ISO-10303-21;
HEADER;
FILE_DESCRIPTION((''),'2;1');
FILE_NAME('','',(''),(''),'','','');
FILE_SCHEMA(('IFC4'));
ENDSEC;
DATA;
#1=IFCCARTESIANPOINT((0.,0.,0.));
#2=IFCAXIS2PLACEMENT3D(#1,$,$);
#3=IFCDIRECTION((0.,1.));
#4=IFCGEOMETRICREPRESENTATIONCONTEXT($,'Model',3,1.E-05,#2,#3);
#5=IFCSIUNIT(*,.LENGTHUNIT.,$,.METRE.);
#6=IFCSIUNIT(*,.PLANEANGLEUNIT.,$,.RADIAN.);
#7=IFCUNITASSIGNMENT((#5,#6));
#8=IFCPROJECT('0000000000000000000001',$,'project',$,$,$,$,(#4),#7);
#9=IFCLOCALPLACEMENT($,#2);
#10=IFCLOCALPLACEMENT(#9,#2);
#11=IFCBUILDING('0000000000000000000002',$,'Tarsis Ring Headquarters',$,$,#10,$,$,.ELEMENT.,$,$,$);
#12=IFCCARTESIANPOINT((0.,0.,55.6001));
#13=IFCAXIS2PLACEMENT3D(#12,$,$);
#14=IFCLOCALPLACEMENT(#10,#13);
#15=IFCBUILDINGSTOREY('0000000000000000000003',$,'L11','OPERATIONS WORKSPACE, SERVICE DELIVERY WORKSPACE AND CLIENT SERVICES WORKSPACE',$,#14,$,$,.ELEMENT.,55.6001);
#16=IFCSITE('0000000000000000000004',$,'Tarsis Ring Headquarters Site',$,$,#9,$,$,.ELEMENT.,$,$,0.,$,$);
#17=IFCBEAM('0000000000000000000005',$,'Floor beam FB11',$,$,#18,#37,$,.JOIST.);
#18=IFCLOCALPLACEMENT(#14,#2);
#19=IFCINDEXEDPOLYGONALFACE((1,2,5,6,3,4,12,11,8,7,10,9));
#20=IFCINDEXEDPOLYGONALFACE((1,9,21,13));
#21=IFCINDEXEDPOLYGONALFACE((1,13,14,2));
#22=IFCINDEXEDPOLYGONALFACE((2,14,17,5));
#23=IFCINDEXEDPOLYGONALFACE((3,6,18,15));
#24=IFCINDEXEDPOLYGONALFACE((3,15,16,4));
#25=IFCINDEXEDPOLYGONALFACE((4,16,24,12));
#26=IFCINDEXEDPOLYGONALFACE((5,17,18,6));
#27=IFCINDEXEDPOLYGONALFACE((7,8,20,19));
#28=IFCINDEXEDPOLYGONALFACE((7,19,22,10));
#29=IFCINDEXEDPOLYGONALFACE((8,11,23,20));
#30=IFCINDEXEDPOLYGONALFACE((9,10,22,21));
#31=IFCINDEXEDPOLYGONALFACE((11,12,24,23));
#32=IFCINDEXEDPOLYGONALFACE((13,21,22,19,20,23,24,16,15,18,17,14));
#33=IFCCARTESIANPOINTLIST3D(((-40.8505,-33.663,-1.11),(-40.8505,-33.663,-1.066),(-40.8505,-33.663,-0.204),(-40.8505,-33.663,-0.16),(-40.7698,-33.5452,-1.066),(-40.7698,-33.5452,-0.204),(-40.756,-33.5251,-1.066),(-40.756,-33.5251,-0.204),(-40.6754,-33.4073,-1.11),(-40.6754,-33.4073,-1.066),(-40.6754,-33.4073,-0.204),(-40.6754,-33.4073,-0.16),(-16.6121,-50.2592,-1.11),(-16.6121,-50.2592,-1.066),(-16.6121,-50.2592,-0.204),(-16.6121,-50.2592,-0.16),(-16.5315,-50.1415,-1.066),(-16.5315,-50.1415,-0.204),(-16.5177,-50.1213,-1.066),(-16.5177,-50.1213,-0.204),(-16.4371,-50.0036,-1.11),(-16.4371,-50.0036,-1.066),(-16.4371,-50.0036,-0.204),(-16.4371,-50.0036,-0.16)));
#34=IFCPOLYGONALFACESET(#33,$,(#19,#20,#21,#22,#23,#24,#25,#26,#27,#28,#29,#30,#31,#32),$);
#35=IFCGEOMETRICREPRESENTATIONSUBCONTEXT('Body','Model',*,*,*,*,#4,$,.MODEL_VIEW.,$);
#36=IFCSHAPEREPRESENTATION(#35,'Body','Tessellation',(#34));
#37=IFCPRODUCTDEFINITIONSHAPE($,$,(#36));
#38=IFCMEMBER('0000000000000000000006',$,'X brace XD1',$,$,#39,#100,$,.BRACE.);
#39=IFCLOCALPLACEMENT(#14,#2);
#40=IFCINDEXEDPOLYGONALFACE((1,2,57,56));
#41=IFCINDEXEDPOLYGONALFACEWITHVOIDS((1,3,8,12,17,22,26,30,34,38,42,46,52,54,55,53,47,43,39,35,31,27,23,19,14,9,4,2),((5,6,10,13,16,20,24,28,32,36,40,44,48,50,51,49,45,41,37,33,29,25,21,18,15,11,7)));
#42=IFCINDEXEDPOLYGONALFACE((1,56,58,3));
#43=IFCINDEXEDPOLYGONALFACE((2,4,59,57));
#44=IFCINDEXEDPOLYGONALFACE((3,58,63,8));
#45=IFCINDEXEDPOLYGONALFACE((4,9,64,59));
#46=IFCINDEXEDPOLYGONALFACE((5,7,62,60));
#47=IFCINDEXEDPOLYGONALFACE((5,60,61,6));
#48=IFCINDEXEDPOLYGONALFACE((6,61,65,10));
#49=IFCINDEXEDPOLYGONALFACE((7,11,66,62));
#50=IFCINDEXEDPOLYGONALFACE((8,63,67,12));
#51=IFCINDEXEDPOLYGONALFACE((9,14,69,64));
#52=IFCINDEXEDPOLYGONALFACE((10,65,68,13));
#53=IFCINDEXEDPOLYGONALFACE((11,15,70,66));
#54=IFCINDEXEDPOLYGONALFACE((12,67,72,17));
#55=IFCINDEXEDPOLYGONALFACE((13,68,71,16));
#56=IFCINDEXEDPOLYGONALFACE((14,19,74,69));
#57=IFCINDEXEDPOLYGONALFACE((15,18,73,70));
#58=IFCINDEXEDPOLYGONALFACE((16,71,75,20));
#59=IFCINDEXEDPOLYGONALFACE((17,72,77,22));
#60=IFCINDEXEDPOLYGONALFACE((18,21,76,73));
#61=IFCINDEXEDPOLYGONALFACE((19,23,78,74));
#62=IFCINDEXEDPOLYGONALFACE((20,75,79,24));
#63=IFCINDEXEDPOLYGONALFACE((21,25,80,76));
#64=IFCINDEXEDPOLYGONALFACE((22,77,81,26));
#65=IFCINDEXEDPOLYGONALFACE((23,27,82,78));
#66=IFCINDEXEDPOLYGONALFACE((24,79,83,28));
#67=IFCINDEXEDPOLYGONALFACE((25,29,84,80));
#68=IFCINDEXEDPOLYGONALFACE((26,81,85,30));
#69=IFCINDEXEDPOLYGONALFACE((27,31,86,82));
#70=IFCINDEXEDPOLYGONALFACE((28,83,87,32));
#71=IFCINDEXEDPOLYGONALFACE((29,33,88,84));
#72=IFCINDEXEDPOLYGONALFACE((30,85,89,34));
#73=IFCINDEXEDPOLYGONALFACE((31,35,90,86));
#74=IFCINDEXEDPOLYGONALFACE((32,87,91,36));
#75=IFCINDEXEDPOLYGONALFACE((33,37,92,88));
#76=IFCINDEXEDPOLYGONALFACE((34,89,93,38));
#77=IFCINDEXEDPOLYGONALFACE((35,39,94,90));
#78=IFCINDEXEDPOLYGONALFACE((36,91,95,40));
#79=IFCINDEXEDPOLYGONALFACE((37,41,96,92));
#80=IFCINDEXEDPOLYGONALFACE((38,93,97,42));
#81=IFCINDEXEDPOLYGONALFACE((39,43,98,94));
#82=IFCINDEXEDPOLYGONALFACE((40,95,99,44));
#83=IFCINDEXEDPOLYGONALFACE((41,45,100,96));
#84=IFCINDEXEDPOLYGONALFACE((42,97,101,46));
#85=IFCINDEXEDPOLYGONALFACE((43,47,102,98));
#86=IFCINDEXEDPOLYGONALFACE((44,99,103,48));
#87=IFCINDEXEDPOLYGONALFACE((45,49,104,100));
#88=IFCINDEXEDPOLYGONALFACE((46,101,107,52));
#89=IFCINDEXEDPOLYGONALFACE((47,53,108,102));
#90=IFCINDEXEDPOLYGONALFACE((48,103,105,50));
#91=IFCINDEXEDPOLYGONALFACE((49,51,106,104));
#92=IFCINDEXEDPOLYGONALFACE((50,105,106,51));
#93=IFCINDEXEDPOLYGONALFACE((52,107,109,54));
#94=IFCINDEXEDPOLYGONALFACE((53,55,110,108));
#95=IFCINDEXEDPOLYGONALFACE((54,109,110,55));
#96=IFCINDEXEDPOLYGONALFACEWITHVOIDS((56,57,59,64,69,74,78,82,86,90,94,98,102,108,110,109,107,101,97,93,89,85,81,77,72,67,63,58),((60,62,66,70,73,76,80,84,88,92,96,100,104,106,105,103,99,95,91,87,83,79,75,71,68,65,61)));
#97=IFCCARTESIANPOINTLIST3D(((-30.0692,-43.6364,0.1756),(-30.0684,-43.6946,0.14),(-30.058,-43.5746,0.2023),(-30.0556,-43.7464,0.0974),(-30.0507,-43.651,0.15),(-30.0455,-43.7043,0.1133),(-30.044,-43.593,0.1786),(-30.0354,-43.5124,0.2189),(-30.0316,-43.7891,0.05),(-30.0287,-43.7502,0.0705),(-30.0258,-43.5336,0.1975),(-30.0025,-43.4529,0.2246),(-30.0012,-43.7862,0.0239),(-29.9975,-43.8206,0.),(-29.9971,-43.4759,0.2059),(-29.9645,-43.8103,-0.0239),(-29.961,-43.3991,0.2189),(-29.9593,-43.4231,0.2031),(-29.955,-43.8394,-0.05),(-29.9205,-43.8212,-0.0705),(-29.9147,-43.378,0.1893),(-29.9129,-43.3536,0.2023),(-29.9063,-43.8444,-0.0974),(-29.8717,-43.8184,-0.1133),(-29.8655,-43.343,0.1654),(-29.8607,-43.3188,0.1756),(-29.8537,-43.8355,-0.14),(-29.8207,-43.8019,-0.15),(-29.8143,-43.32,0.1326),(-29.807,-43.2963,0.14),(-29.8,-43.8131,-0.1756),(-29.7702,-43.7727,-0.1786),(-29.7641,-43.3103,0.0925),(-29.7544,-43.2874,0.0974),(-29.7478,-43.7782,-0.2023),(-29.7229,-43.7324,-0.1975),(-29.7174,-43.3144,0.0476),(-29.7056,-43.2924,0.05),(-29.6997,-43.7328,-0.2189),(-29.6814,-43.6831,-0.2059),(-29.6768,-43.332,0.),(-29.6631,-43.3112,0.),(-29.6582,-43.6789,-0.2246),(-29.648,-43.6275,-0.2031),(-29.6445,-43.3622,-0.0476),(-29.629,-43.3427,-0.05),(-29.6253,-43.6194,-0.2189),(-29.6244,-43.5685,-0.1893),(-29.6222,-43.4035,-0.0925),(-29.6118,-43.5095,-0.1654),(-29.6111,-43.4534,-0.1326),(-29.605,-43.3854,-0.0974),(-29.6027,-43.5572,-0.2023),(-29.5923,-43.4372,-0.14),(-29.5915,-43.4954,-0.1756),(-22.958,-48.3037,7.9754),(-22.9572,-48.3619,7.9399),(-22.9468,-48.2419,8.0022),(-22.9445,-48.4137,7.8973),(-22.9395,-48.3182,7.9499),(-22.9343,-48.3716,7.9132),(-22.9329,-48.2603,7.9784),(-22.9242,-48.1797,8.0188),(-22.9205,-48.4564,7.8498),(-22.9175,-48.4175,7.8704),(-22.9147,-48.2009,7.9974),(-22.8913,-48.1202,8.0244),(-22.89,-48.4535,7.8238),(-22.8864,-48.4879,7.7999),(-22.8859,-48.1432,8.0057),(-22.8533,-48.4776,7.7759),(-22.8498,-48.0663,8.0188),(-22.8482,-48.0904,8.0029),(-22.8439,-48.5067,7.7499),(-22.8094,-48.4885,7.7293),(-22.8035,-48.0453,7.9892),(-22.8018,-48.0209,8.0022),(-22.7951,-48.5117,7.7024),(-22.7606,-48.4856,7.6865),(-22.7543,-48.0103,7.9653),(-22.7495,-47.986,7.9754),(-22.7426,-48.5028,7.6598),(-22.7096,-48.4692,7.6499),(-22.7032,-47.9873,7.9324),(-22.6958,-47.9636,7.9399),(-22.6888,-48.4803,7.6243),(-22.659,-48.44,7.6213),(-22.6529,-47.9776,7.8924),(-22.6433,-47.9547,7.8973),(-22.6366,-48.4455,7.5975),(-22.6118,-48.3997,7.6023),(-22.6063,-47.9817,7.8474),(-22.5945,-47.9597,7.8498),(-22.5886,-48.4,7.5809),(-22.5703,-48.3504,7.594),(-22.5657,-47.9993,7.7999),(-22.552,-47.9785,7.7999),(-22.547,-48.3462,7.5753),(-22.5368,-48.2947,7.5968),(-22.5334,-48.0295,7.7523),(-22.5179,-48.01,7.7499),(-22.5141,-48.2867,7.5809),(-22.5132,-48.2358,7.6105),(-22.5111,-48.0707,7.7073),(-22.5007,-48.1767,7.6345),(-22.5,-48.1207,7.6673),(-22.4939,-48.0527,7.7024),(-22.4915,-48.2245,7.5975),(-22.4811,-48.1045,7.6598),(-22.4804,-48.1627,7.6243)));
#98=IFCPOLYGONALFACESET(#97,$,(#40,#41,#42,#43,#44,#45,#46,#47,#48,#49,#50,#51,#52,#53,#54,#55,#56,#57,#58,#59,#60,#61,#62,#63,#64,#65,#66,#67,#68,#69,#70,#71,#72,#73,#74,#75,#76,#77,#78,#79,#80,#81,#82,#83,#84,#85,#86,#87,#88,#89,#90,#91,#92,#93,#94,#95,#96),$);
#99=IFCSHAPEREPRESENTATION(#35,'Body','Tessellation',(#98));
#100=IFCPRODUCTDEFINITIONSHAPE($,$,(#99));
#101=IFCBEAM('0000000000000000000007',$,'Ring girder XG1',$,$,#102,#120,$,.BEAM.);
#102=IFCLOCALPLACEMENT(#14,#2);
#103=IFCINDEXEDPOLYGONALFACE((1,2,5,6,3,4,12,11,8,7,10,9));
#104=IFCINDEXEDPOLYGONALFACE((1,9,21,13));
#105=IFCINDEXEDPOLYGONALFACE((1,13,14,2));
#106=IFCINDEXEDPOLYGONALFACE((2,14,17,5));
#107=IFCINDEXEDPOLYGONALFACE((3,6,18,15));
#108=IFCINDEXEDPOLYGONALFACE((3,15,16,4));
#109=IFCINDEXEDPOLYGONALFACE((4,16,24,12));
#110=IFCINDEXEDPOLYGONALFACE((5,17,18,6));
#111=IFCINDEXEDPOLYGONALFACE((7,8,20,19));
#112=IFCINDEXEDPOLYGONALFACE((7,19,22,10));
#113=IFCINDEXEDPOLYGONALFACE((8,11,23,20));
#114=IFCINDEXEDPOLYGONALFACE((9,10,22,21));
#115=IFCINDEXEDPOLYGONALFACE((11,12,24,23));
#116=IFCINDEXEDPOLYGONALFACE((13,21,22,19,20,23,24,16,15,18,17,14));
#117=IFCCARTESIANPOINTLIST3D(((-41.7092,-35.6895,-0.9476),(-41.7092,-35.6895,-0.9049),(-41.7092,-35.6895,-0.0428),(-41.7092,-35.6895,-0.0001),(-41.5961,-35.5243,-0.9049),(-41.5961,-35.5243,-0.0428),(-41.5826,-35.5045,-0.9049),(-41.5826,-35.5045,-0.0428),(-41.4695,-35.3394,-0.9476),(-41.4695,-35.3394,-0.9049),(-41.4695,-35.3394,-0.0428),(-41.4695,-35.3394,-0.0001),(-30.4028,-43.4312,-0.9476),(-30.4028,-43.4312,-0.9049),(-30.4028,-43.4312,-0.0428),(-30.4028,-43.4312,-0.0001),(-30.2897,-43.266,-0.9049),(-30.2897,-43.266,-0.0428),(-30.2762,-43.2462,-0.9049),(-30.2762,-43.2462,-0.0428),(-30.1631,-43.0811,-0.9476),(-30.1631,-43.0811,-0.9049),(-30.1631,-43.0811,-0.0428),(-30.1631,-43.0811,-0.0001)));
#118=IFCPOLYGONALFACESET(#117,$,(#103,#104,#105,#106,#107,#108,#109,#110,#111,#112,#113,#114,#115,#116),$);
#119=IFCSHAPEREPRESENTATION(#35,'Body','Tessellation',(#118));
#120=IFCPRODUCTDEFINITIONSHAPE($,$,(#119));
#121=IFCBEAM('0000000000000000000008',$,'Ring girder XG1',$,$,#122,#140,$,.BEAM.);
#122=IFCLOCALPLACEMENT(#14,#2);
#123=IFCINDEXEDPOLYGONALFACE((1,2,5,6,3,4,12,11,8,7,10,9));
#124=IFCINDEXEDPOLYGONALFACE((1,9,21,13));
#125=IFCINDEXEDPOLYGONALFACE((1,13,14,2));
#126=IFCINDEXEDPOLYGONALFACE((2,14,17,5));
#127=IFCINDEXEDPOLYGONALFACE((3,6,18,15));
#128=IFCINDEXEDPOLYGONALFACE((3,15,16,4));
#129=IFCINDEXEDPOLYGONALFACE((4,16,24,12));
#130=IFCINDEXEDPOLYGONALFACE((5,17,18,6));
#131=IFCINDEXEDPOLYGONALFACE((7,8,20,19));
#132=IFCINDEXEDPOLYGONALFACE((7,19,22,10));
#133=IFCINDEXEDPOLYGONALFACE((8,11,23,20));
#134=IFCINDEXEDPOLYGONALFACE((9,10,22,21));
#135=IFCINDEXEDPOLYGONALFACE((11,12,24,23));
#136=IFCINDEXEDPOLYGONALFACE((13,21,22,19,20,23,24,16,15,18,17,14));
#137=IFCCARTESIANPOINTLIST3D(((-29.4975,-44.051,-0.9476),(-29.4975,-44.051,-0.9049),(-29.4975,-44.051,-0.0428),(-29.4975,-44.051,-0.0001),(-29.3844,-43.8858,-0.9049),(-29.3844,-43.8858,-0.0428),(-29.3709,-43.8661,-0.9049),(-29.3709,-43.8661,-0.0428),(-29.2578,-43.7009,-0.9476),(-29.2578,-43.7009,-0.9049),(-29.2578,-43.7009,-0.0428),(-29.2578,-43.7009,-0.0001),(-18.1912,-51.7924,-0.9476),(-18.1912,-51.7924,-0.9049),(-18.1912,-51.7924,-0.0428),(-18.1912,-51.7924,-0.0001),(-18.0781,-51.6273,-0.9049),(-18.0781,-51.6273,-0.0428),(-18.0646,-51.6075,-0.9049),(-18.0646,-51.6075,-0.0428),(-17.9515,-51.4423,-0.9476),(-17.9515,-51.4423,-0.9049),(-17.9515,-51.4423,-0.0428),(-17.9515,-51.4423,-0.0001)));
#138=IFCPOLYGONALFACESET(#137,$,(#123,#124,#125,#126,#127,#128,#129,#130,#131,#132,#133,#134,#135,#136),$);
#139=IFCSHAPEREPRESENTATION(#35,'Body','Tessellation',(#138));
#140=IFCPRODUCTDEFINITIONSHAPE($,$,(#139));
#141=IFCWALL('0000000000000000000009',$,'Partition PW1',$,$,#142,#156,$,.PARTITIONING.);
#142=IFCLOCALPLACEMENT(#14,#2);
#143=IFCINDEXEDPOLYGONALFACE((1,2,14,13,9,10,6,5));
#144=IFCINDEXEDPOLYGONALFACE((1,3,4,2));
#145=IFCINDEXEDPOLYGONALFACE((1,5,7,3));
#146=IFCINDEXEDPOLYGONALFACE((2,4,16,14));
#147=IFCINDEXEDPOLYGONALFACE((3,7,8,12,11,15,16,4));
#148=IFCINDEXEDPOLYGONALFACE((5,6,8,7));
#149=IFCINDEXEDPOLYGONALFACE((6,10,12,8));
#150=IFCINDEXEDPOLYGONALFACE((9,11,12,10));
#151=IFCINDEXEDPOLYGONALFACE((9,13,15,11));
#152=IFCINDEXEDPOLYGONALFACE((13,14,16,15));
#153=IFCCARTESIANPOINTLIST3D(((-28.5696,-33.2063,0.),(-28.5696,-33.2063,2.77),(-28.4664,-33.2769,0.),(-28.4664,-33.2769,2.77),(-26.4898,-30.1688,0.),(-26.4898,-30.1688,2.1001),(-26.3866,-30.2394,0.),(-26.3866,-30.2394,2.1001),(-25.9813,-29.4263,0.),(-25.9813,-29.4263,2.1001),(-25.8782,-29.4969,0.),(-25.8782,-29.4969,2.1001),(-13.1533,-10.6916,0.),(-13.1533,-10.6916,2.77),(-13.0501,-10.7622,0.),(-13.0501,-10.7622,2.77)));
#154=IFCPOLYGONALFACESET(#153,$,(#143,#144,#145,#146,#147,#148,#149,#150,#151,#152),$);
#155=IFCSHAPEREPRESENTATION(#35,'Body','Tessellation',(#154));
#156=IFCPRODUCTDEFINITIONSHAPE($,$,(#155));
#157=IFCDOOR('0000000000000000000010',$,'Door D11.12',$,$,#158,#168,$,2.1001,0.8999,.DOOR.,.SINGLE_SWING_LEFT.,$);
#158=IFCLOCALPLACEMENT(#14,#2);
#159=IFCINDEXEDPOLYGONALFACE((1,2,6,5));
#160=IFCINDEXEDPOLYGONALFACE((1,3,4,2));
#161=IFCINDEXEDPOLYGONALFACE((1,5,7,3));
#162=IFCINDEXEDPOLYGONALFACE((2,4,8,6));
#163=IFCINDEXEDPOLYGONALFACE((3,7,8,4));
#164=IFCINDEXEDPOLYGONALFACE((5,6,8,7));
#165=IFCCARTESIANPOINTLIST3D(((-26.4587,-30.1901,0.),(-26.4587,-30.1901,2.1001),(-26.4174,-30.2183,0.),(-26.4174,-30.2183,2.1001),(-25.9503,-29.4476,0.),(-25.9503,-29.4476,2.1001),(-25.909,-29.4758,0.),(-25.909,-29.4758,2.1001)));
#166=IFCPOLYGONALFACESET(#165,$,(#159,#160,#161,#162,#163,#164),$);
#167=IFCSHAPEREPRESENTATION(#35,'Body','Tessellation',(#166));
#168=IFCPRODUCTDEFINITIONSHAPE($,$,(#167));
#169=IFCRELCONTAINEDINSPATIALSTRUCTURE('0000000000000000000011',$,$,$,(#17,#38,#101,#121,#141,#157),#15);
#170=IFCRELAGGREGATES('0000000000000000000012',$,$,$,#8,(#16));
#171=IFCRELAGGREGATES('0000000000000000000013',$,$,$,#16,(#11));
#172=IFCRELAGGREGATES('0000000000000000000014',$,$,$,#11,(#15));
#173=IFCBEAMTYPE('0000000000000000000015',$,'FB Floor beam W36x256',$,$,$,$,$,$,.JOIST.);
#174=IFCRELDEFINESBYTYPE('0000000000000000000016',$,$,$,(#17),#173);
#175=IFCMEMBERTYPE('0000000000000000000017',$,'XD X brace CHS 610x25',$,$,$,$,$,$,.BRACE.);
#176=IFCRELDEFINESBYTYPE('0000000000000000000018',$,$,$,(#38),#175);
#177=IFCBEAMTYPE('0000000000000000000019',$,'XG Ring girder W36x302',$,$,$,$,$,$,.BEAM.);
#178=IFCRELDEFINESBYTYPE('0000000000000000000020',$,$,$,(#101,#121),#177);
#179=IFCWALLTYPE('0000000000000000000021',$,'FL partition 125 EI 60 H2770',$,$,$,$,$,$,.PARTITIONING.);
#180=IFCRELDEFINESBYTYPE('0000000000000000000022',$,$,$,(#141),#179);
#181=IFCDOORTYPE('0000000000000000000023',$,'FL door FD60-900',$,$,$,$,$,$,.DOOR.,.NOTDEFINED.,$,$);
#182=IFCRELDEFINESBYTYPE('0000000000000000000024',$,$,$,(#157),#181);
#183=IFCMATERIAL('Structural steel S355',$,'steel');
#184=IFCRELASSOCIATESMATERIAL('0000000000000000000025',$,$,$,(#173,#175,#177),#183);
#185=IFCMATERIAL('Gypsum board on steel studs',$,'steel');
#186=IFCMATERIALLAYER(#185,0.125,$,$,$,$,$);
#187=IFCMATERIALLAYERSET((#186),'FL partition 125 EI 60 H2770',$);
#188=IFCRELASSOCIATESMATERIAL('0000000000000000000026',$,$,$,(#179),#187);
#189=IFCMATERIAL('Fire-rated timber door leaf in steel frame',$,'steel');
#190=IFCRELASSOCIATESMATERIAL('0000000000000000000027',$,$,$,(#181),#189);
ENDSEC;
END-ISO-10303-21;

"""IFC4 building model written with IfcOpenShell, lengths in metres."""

from ifc_helpers import new_model, si_unit, direction, frame, frame_2d, origin, origin_2d, place, context, subcontext, project, spatial, rectangle, hollow_circle, i_section, extrude, material, layer, layer_set, material_profile, profile_set, type_object, element, fill, save


model = new_model("IFC4")

# Units and contexts
model_context = context("Model", 3, precision=1e-05, world=origin(), true_north=direction((0.0, 1.0)))
body_context = subcontext(model_context, "Body", "Model", "MODEL_VIEW")
ifc_project = project(units=[si_unit("LENGTHUNIT", "METRE"), si_unit("PLANEANGLEUNIT", "RADIAN")], contexts=[model_context])

# Site, building, storey
site_placement = place(None, origin())
site = spatial("IfcSite", under=ifc_project, at=site_placement, Name="Tarsis Ring Headquarters Site", CompositionType="ELEMENT", RefElevation=0.0)
building_placement = place(site_placement, origin())
building = spatial("IfcBuilding", under=site, at=building_placement, Name="Tarsis Ring Headquarters", CompositionType="ELEMENT")
storey_placement = place(building_placement, frame((0.0, 0.0, 55.6001)))
storey = spatial("IfcBuildingStorey", under=building, at=storey_placement, Name="L11", Description="OPERATIONS WORKSPACE, SERVICE DELIVERY WORKSPACE AND CLIENT SERVICES WORKSPACE", CompositionType="ELEMENT", Elevation=55.6001)

# Beam
ifc_material_1 = material(Name="Structural steel S355", Category="steel")
ifc_material_profile_1 = material_profile(ifc_material_1, i_section(OverallWidth=0.3098, OverallDepth=0.95, WebThickness=0.0244, FlangeThickness=0.0439, at=origin_2d()), Name="W36x256")
ifc_profile_set_1 = profile_set([ifc_material_profile_1], Name="Structural steel S355")
beam_type_1 = type_object("IfcBeamType", Name="FB Floor beam W36x256", PredefinedType="JOIST", material=ifc_profile_set_1)
beam_1_placement = place(storey_placement, frame((-40.7629, -33.5352, -0.635), z_axis=(0.825115, -0.564965, 0.0), x_axis=(0.564965, 0.825115, 0.0)))
element("IfcBeam", 1, at=beam_1_placement, inside=storey, type_object=beam_type_1, Name="Floor beam FB11", PredefinedType="JOIST", context=body_context, shape_type="SweptSolid", body=[
    extrude(i_section(OverallWidth=0.3098, OverallDepth=0.95, WebThickness=0.0244, FlangeThickness=0.0439, at=origin_2d()), origin(), (0.0, 0.0, 1.0), 29.3757),
])

# Member
ifc_material_profile_2 = material_profile(ifc_material_1, hollow_circle(Radius=0.3047, WallThickness=0.0249, at=origin_2d()), Name="CHS 610x25")
ifc_profile_set_2 = profile_set([ifc_material_profile_2], Name="Structural steel S355")
member_type = type_object("IfcMemberType", Name="XD X brace CHS 610x25", PredefinedType="BRACE", material=ifc_profile_set_2)
member_placement = place(storey_placement, frame((-29.8303, -43.5659, 0.0), z_axis=(0.616175, -0.404416, 0.675852), x_axis=(0.548705, 0.836016, 0.0)))
element("IfcMember", 2, at=member_placement, inside=storey, type_object=member_type, Name="X brace XD1", PredefinedType="BRACE", context=body_context, shape_type="SweptSolid", body=[
    extrude(hollow_circle(Radius=0.3047, WallThickness=0.0249, at=origin_2d()), origin(), (0.0, 0.0, 1.0), 11.5408),
])

# Beams
ifc_material_profile_3 = material_profile(ifc_material_1, i_section(OverallWidth=0.4243, OverallDepth=0.9475, WebThickness=0.0239, FlangeThickness=0.0427, at=origin_2d()), Name="W36x302")
ifc_profile_set_3 = profile_set([ifc_material_profile_3], Name="Structural steel S355")
beam_type_2 = type_object("IfcBeamType", Name="XG Ring girder W36x302", PredefinedType="BEAM", material=ifc_profile_set_3)
beam_2_placement = place(storey_placement, frame((-41.5894, -35.5144, -0.4739), z_axis=(0.825112, -0.564969, 0.0), x_axis=(0.564969, 0.825112, 0.0)))
element("IfcBeam", 3, at=beam_2_placement, inside=storey, type_object=beam_type_2, Name="Ring girder XG1", PredefinedType="BEAM", context=body_context, shape_type="SweptSolid", body=[
    extrude(i_section(OverallWidth=0.4243, OverallDepth=0.9475, WebThickness=0.0239, FlangeThickness=0.0427, at=origin_2d()), origin(), (0.0, 0.0, 1.0), 13.7029),
])
beam_3_placement = place(storey_placement, frame((-29.3777, -43.876, -0.4739), z_axis=(0.82512, -0.564957, 0.0), x_axis=(0.564957, 0.82512, 0.0)))
element("IfcBeam", 4, at=beam_3_placement, inside=storey, type_object=beam_type_2, Name="Ring girder XG1", PredefinedType="BEAM", context=body_context, shape_type="SweptSolid", body=[
    extrude(i_section(OverallWidth=0.4243, OverallDepth=0.9475, WebThickness=0.0239, FlangeThickness=0.0427, at=origin_2d()), origin(), (0.0, 0.0, 1.0), 13.7026),
])

# Wall, opening, door
ifc_material_2 = material(Name="Gypsum board on steel studs", Category="steel")
ifc_layer_1 = layer(ifc_material_2, 0.125)
ifc_layer_set_1 = layer_set([ifc_layer_1], Name="FL partition 125 EI 60 H2770")
wall_type_1 = type_object("IfcWallType", Name="FL partition 125 EI 60 H2770", PredefinedType="PARTITIONING", material=ifc_layer_set_1)
wall_1_placement = place(storey_placement, frame((-28.5181, -33.2417, 0.0), z_axis=(0.0, 0.0, 1.0), x_axis=(0.564971, 0.825111, 0.0)))
wall_1 = element("IfcWall", 5, at=wall_1_placement, inside=storey, type_object=wall_type_1, Name="Partition PW1", PredefinedType="PARTITIONING", context=body_context, shape_type="SweptSolid", body=[
    extrude(rectangle(XDim=27.2869, YDim=0.125, at=frame_2d((13.6436, 0.0))), origin(), (0.0, 0.0, 1.0), 2.77),
])
opening_1_placement = place(wall_1_placement, frame((3.6814, 0.0, 0.0)))
opening_1 = element("IfcOpeningElement", 6, at=opening_1_placement, cuts=wall_1, PredefinedType="OPENING", context=body_context, shape_type="SweptSolid", body=[
    extrude(rectangle(XDim=0.8999, YDim=2.1001, at=frame_2d((0.45, 1.05))), frame((0.0, 0.0725, 0.0), z_axis=(0.0, -1.0, 0.0), x_axis=(1.0, 0.0, 0.0)), (0.0, 0.0, 1.0), 0.145),
])
ifc_material_3 = material(Name="Fire-rated timber door leaf in steel frame", Category="steel")
door_type_1 = type_object("IfcDoorType", Name="FL door FD60-900", OperationType="NOTDEFINED", PredefinedType="DOOR", material=ifc_material_3)
door_1_placement = place(opening_1_placement, origin())
door_1 = element("IfcDoor", 7, at=door_1_placement, inside=storey, type_object=door_type_1, Name="Door D11.12", OperationType="SINGLE_SWING_LEFT", OverallHeight=2.1001, OverallWidth=0.8999, PredefinedType="DOOR", context=body_context, shape_type="SweptSolid", body=[
    extrude(rectangle(XDim=0.8999, YDim=2.1001, at=frame_2d((0.45, 1.05))), frame((0.0, 0.0249, 0.0), z_axis=(0.0, -1.0, 0.0), x_axis=(1.0, 0.0, 0.0)), (0.0, 0.0, 1.0), 0.05),
])
fill(opening_1, door_1)

save(model, "model.ifc")
